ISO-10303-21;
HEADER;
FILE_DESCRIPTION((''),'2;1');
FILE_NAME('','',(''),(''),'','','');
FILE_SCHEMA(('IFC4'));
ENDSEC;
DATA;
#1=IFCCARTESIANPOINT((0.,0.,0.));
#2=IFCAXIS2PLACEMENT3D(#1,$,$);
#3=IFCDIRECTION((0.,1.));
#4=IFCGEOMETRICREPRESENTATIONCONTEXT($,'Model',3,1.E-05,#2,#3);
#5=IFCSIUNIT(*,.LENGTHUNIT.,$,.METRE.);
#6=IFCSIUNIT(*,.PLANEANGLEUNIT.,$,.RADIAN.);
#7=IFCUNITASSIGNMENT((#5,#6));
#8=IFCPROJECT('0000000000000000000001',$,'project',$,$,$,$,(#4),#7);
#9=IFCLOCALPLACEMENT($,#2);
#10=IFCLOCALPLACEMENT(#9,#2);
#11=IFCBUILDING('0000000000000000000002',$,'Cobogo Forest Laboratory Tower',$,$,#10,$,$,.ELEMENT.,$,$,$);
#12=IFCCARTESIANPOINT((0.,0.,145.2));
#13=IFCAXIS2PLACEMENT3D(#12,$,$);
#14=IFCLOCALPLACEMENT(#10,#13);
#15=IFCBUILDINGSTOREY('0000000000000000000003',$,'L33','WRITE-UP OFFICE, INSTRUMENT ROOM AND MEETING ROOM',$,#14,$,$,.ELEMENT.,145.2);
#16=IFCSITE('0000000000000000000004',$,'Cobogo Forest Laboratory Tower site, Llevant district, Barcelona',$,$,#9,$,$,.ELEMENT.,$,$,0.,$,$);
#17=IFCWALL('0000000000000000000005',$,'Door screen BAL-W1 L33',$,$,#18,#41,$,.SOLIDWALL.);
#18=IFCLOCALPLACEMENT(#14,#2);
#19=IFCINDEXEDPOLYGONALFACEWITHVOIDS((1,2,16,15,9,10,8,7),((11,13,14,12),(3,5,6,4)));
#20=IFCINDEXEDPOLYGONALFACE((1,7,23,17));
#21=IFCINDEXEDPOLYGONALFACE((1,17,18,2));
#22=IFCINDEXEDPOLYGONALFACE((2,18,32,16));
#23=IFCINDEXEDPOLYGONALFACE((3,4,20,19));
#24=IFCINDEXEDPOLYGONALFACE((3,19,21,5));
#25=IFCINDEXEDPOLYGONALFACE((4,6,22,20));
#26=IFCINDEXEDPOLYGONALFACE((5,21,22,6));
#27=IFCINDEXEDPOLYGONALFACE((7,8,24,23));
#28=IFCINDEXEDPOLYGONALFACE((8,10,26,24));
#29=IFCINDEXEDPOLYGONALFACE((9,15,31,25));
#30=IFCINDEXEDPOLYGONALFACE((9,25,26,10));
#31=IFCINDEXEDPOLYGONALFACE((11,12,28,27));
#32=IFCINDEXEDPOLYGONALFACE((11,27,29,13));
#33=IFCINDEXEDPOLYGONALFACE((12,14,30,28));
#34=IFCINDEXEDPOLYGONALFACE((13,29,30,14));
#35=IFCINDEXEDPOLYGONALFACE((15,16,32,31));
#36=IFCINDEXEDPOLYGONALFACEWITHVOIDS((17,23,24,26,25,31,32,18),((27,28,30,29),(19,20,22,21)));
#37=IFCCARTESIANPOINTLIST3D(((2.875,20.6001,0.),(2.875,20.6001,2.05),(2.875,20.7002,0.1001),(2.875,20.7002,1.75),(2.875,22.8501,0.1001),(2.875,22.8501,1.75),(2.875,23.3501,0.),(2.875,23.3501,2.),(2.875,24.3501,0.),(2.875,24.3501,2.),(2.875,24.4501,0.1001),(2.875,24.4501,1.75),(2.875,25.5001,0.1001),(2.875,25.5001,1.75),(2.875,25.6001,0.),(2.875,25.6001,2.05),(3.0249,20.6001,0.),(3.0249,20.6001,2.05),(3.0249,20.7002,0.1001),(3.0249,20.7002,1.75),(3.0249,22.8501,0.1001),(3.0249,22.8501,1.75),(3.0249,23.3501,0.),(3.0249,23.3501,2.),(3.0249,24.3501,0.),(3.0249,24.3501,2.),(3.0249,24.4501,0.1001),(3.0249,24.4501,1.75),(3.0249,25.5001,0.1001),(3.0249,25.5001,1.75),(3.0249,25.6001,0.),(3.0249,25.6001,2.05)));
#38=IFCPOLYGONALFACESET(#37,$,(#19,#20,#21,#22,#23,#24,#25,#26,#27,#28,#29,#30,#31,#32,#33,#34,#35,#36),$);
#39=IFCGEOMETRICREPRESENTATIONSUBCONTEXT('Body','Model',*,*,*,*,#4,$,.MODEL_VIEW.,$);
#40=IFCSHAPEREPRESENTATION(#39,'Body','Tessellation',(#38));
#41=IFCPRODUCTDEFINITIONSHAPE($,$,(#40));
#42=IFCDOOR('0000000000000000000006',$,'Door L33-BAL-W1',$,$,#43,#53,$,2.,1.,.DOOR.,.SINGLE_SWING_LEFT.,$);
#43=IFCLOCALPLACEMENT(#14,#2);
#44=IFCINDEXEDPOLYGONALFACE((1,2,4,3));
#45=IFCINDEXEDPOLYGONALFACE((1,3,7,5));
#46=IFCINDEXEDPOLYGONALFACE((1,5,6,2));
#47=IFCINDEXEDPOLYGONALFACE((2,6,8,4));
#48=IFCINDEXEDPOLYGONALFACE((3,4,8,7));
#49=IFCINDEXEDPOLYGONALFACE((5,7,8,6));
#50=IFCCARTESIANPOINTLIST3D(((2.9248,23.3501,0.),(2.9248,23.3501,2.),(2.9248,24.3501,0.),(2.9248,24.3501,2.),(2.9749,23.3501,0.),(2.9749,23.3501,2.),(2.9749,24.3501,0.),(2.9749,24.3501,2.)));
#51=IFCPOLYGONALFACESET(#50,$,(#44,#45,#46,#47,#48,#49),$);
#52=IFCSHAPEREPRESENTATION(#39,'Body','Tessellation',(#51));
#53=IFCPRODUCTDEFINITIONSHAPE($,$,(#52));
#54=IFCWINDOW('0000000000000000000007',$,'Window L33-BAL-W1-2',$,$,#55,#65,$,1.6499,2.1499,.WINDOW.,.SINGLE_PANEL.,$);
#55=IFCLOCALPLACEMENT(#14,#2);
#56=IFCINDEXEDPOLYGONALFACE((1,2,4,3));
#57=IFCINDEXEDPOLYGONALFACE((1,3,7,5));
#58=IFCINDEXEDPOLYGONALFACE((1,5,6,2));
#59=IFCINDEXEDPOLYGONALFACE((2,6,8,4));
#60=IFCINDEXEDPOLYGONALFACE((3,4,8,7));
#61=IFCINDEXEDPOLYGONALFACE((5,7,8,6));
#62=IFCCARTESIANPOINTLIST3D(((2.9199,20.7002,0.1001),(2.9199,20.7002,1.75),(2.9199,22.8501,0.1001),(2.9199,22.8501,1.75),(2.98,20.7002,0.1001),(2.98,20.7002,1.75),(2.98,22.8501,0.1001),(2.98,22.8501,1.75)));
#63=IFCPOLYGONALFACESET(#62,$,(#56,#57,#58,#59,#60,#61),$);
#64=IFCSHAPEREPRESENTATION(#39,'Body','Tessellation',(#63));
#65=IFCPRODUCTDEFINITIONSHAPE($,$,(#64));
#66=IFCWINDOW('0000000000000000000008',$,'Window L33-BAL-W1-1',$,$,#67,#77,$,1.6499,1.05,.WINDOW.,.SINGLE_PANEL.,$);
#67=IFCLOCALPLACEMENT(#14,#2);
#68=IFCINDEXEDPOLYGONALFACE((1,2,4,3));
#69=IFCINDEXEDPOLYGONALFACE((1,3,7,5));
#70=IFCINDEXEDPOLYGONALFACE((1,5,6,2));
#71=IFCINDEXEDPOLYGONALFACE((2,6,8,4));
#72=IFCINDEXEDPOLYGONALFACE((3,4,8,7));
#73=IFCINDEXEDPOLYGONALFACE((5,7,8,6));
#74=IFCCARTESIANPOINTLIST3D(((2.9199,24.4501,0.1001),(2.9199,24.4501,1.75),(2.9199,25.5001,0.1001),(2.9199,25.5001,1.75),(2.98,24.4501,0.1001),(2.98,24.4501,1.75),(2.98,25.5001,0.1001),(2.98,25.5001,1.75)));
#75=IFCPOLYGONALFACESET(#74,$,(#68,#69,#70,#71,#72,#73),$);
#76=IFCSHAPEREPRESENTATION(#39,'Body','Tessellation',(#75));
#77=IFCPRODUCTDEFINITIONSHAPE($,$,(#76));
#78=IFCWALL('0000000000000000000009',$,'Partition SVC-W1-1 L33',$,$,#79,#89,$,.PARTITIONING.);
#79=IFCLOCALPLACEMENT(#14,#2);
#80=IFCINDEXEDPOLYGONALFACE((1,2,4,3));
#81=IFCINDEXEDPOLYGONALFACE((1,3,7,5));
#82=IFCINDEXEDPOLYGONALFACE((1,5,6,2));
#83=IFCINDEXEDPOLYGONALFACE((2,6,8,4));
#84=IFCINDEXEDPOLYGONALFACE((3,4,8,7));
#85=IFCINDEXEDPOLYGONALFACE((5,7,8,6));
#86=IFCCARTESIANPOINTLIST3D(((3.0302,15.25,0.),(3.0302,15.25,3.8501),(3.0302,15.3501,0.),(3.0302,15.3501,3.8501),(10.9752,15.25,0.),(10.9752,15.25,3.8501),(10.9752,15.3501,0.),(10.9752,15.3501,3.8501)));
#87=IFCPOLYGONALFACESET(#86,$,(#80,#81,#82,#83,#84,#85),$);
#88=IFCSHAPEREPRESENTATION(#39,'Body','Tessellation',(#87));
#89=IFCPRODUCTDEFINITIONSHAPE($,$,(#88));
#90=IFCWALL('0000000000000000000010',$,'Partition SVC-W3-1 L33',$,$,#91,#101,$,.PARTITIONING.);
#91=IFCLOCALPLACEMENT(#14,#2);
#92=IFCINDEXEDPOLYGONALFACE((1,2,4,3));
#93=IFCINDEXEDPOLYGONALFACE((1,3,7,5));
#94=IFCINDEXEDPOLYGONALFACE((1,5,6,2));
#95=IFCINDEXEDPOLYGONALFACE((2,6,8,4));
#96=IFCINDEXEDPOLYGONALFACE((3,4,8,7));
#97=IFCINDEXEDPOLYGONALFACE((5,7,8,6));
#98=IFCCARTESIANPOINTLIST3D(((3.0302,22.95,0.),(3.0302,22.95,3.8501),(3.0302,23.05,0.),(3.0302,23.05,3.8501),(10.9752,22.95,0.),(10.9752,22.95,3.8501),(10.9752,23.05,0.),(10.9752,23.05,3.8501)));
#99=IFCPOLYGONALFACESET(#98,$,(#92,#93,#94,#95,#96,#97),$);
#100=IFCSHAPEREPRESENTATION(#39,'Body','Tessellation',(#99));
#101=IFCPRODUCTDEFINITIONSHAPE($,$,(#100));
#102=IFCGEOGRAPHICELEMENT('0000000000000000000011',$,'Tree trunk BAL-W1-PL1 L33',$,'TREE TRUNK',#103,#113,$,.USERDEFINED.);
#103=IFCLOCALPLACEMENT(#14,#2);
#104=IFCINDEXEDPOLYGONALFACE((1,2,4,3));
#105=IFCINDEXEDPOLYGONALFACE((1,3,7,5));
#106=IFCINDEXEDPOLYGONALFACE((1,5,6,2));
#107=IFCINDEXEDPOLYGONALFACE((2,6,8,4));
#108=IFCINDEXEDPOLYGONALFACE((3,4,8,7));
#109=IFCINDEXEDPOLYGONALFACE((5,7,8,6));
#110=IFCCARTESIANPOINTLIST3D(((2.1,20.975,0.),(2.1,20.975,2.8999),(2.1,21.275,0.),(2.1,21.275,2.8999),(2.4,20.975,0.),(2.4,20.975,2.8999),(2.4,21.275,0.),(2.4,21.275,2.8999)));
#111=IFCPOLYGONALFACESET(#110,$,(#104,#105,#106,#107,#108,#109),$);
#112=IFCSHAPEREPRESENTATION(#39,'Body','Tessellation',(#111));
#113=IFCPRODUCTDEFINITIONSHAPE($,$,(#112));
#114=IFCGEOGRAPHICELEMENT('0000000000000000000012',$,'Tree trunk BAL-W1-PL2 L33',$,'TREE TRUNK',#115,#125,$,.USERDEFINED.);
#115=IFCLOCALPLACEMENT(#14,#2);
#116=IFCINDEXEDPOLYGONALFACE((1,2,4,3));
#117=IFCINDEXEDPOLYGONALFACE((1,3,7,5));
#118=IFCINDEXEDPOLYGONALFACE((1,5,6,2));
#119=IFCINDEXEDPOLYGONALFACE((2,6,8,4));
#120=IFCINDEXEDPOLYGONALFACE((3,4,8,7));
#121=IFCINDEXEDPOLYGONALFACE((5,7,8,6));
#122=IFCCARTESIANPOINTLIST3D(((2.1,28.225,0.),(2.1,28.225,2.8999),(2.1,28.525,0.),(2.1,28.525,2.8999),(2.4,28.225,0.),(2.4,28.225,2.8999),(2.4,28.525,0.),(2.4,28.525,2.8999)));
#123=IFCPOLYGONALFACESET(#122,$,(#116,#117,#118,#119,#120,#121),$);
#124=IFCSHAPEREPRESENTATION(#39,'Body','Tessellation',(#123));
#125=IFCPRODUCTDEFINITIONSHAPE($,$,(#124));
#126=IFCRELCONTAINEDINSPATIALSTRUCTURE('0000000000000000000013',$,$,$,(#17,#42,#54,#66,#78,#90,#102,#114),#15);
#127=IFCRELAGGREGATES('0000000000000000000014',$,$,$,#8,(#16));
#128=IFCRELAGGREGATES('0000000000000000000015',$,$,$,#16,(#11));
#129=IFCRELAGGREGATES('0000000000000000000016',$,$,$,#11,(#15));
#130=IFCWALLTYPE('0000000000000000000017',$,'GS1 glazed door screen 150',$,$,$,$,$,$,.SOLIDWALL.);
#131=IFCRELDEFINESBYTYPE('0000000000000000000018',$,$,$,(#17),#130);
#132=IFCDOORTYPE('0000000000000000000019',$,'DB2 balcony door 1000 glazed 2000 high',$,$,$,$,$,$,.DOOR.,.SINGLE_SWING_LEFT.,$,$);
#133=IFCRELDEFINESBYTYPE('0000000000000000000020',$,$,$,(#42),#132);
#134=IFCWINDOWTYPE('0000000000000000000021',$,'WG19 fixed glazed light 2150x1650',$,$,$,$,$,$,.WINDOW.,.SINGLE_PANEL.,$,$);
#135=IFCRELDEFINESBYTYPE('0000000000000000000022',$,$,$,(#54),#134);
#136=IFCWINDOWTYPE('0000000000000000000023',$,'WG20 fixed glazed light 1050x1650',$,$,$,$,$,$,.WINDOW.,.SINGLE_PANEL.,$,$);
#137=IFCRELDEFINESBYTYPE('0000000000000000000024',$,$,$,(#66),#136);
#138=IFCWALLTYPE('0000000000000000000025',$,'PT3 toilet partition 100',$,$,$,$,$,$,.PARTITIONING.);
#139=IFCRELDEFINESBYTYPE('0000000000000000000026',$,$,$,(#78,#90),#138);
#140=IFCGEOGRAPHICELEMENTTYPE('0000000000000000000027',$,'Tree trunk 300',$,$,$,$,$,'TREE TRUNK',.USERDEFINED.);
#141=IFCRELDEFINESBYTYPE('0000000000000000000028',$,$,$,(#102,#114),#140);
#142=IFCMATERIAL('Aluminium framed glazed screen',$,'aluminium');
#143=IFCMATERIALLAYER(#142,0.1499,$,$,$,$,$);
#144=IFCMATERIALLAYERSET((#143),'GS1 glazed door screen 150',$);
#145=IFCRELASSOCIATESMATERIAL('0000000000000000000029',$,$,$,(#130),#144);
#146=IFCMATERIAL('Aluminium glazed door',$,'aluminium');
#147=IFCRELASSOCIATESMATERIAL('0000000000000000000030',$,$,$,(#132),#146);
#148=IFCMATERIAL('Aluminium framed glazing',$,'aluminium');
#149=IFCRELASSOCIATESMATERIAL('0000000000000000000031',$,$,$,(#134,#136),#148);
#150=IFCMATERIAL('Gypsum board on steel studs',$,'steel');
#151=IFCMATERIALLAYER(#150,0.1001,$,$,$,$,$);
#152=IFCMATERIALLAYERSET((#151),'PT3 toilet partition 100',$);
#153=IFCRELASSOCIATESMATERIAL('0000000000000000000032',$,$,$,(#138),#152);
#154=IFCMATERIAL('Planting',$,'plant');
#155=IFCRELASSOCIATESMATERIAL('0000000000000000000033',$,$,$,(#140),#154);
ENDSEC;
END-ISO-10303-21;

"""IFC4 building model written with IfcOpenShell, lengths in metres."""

from ifc_helpers import new_model, si_unit, direction, frame, frame_2d, origin, origin_2d, place, context, subcontext, project, spatial, rectangle, extrude, material, layer, layer_set, type_object, element, fill, save


model = new_model("IFC4")

# Units and contexts
model_context = context("Model", 3, precision=1e-05, world=origin(), true_north=direction((0.0, 1.0)))
body_context = subcontext(model_context, "Body", "Model", "MODEL_VIEW")
ifc_project = project(units=[si_unit("LENGTHUNIT", "METRE"), si_unit("PLANEANGLEUNIT", "RADIAN")], contexts=[model_context])

# Site, building, storey
site_placement = place(None, origin())
site = spatial("IfcSite", under=ifc_project, at=site_placement, Name="Cobogo Forest Laboratory Tower site, Llevant district, Barcelona", CompositionType="ELEMENT", RefElevation=0.0)
building_placement = place(site_placement, origin())
building = spatial("IfcBuilding", under=site, at=building_placement, Name="Cobogo Forest Laboratory Tower", CompositionType="ELEMENT")
storey_placement = place(building_placement, frame((0.0, 0.0, 145.2)))
storey = spatial("IfcBuildingStorey", under=building, at=storey_placement, Name="L33", Description="WRITE-UP OFFICE, INSTRUMENT ROOM AND MEETING ROOM", CompositionType="ELEMENT", Elevation=145.2)

# Wall, openings, door, windows
ifc_material_1 = material(Name="Aluminium framed glazed screen", Category="aluminium")
ifc_layer_1 = layer(ifc_material_1, 0.1499)
ifc_layer_set_1 = layer_set([ifc_layer_1], Name="GS1 glazed door screen 150")
wall_type_1 = type_object("IfcWallType", Name="GS1 glazed door screen 150", PredefinedType="SOLIDWALL", material=ifc_layer_set_1)
wall_placement = place(storey_placement, frame((2.95, 25.6001, 0.0), z_axis=(0.0, 0.0, 1.0), x_axis=(0.0, -1.0, 0.0)))
wall = element("IfcWall", 1, at=wall_placement, inside=storey, type_object=wall_type_1, Name="Door screen BAL-W1 L33", PredefinedType="SOLIDWALL", context=body_context, shape_type="SweptSolid", body=[
    extrude(rectangle(XDim=5.0, YDim=0.1499, at=frame_2d((2.5, 0.0))), origin(), (0.0, 0.0, 1.0), 2.05),
])
opening_1_placement = place(wall_placement, frame((1.25, 0.0, 0.0)))
opening_1 = element("IfcOpeningElement", 2, at=opening_1_placement, cuts=wall, PredefinedType="OPENING", context=body_context, shape_type="SweptSolid", body=[
    extrude(rectangle(XDim=1.0, YDim=2.0, at=frame_2d((0.5, 1.0))), frame((0.0, 0.085, 0.0), z_axis=(0.0, -1.0, 0.0), x_axis=(1.0, 0.0, 0.0)), (0.0, 0.0, 1.0), 0.1699),
])
opening_2_placement = place(wall_placement, frame((0.1001, 0.0, 0.1001)))
opening_2 = element("IfcOpeningElement", 3, at=opening_2_placement, cuts=wall, PredefinedType="OPENING", context=body_context, shape_type="SweptSolid", body=[
    extrude(rectangle(XDim=1.05, YDim=1.6499, at=frame_2d((0.5249, 0.825))), frame((0.0, 0.085, 0.0), z_axis=(0.0, -1.0, 0.0), x_axis=(1.0, 0.0, 0.0)), (0.0, 0.0, 1.0), 0.1699),
])
opening_3_placement = place(wall_placement, frame((2.75, 0.0, 0.1001)))
opening_3 = element("IfcOpeningElement", 4, at=opening_3_placement, cuts=wall, PredefinedType="OPENING", context=body_context, shape_type="SweptSolid", body=[
    extrude(rectangle(XDim=2.1499, YDim=1.6499, at=frame_2d((1.075, 0.825))), frame((0.0, 0.085, 0.0), z_axis=(0.0, -1.0, 0.0), x_axis=(1.0, 0.0, 0.0)), (0.0, 0.0, 1.0), 0.1699),
])
ifc_material_2 = material(Name="Aluminium glazed door", Category="aluminium")
door_type = type_object("IfcDoorType", Name="DB2 balcony door 1000 glazed 2000 high", OperationType="SINGLE_SWING_LEFT", PredefinedType="DOOR", material=ifc_material_2)
door_placement = place(opening_1_placement, origin())
door = element("IfcDoor", 5, at=door_placement, inside=storey, type_object=door_type, Name="Door L33-BAL-W1", OperationType="SINGLE_SWING_LEFT", OverallHeight=2.0, OverallWidth=1.0, PredefinedType="DOOR", context=body_context, shape_type="SweptSolid", body=[
    extrude(rectangle(XDim=1.0, YDim=2.0, at=frame_2d((0.5, 1.0))), frame((0.0, 0.0249, 0.0), z_axis=(0.0, -1.0, 0.0), x_axis=(1.0, 0.0, 0.0)), (0.0, 0.0, 1.0), 0.05),
])
fill(opening_1, door)
ifc_material_3 = material(Name="Aluminium framed glazing", Category="aluminium")
window_type_1 = type_object("IfcWindowType", Name="WG19 fixed glazed light 2150x1650", PartitioningType="SINGLE_PANEL", PredefinedType="WINDOW", material=ifc_material_3)
window_1_placement = place(opening_3_placement, origin())
window_1 = element("IfcWindow", 6, at=window_1_placement, inside=storey, type_object=window_type_1, Name="Window L33-BAL-W1-2", OverallHeight=1.6499, OverallWidth=2.1499, PartitioningType="SINGLE_PANEL", PredefinedType="WINDOW", context=body_context, shape_type="SweptSolid", body=[
    extrude(rectangle(XDim=2.1499, YDim=1.6499, at=frame_2d((1.075, 0.825))), frame((0.0, 0.03, 0.0), z_axis=(0.0, -1.0, 0.0), x_axis=(1.0, 0.0, 0.0)), (0.0, 0.0, 1.0), 0.0601),
])
fill(opening_3, window_1)
window_type_2 = type_object("IfcWindowType", Name="WG20 fixed glazed light 1050x1650", PartitioningType="SINGLE_PANEL", PredefinedType="WINDOW", material=ifc_material_3)
window_2_placement = place(opening_2_placement, origin())
window_2 = element("IfcWindow", 7, at=window_2_placement, inside=storey, type_object=window_type_2, Name="Window L33-BAL-W1-1", OverallHeight=1.6499, OverallWidth=1.05, PartitioningType="SINGLE_PANEL", PredefinedType="WINDOW", context=body_context, shape_type="SweptSolid", body=[
    extrude(rectangle(XDim=1.05, YDim=1.6499, at=frame_2d((0.5249, 0.825))), frame((0.0, 0.03, 0.0), z_axis=(0.0, -1.0, 0.0), x_axis=(1.0, 0.0, 0.0)), (0.0, 0.0, 1.0), 0.0601),
])
fill(opening_2, window_2)

# Walls
ifc_material_4 = material(Name="Gypsum board on steel studs", Category="steel")
ifc_layer_2 = layer(ifc_material_4, 0.1001)
ifc_layer_set_2 = layer_set([ifc_layer_2], Name="PT3 toilet partition 100")
wall_type_2 = type_object("IfcWallType", Name="PT3 toilet partition 100", PredefinedType="PARTITIONING", material=ifc_layer_set_2)
for number, where, z_axis, x_axis, name in (
    (8, (3.03, 15.3, 0.0), (0.0, 0.0, 1.0), (1.0, 0.0, 0.0), "Partition SVC-W1-1 L33"),
    (9, (3.03, 23.0, 0.0), (0.0, 0.0, 1.0), (1.0, 0.0, 0.0), "Partition SVC-W3-1 L33"),
):
    element("IfcWall", number, at=place(storey_placement, frame(where, z_axis=z_axis, x_axis=x_axis)), inside=storey, type_object=wall_type_2, Name=name, PredefinedType="PARTITIONING", context=body_context, shape_type="SweptSolid", body=[
        extrude(rectangle(XDim=7.9451, YDim=0.1001, at=frame_2d((3.9727, 0.0))), origin(), (0.0, 0.0, 1.0), 3.8501),
    ])

# Geographic elements
ifc_material_5 = material(Name="Planting", Category="plant")
geographic_element_type = type_object("IfcGeographicElementType", Name="Tree trunk 300", ElementType="TREE TRUNK", PredefinedType="USERDEFINED", material=ifc_material_5)
for number, where, z_axis, x_axis, name in (
    (10, (2.25, 21.125, 0.0), (0.0, 0.0, 1.0), (1.0, 0.0, 0.0), "Tree trunk BAL-W1-PL1 L33"),
    (11, (2.25, 28.375, 0.0), (0.0, 0.0, 1.0), (1.0, 0.0, 0.0), "Tree trunk BAL-W1-PL2 L33"),
):
    element("IfcGeographicElement", number, at=place(storey_placement, frame(where, z_axis=z_axis, x_axis=x_axis)), inside=storey, type_object=geographic_element_type, Name=name, ObjectType="TREE TRUNK", PredefinedType="USERDEFINED", context=body_context, shape_type="SweptSolid", body=[
        extrude(rectangle(XDim=0.3, YDim=0.3, at=origin_2d()), origin(), (0.0, 0.0, 1.0), 2.8999),
    ])

save(model, "model.ifc")
